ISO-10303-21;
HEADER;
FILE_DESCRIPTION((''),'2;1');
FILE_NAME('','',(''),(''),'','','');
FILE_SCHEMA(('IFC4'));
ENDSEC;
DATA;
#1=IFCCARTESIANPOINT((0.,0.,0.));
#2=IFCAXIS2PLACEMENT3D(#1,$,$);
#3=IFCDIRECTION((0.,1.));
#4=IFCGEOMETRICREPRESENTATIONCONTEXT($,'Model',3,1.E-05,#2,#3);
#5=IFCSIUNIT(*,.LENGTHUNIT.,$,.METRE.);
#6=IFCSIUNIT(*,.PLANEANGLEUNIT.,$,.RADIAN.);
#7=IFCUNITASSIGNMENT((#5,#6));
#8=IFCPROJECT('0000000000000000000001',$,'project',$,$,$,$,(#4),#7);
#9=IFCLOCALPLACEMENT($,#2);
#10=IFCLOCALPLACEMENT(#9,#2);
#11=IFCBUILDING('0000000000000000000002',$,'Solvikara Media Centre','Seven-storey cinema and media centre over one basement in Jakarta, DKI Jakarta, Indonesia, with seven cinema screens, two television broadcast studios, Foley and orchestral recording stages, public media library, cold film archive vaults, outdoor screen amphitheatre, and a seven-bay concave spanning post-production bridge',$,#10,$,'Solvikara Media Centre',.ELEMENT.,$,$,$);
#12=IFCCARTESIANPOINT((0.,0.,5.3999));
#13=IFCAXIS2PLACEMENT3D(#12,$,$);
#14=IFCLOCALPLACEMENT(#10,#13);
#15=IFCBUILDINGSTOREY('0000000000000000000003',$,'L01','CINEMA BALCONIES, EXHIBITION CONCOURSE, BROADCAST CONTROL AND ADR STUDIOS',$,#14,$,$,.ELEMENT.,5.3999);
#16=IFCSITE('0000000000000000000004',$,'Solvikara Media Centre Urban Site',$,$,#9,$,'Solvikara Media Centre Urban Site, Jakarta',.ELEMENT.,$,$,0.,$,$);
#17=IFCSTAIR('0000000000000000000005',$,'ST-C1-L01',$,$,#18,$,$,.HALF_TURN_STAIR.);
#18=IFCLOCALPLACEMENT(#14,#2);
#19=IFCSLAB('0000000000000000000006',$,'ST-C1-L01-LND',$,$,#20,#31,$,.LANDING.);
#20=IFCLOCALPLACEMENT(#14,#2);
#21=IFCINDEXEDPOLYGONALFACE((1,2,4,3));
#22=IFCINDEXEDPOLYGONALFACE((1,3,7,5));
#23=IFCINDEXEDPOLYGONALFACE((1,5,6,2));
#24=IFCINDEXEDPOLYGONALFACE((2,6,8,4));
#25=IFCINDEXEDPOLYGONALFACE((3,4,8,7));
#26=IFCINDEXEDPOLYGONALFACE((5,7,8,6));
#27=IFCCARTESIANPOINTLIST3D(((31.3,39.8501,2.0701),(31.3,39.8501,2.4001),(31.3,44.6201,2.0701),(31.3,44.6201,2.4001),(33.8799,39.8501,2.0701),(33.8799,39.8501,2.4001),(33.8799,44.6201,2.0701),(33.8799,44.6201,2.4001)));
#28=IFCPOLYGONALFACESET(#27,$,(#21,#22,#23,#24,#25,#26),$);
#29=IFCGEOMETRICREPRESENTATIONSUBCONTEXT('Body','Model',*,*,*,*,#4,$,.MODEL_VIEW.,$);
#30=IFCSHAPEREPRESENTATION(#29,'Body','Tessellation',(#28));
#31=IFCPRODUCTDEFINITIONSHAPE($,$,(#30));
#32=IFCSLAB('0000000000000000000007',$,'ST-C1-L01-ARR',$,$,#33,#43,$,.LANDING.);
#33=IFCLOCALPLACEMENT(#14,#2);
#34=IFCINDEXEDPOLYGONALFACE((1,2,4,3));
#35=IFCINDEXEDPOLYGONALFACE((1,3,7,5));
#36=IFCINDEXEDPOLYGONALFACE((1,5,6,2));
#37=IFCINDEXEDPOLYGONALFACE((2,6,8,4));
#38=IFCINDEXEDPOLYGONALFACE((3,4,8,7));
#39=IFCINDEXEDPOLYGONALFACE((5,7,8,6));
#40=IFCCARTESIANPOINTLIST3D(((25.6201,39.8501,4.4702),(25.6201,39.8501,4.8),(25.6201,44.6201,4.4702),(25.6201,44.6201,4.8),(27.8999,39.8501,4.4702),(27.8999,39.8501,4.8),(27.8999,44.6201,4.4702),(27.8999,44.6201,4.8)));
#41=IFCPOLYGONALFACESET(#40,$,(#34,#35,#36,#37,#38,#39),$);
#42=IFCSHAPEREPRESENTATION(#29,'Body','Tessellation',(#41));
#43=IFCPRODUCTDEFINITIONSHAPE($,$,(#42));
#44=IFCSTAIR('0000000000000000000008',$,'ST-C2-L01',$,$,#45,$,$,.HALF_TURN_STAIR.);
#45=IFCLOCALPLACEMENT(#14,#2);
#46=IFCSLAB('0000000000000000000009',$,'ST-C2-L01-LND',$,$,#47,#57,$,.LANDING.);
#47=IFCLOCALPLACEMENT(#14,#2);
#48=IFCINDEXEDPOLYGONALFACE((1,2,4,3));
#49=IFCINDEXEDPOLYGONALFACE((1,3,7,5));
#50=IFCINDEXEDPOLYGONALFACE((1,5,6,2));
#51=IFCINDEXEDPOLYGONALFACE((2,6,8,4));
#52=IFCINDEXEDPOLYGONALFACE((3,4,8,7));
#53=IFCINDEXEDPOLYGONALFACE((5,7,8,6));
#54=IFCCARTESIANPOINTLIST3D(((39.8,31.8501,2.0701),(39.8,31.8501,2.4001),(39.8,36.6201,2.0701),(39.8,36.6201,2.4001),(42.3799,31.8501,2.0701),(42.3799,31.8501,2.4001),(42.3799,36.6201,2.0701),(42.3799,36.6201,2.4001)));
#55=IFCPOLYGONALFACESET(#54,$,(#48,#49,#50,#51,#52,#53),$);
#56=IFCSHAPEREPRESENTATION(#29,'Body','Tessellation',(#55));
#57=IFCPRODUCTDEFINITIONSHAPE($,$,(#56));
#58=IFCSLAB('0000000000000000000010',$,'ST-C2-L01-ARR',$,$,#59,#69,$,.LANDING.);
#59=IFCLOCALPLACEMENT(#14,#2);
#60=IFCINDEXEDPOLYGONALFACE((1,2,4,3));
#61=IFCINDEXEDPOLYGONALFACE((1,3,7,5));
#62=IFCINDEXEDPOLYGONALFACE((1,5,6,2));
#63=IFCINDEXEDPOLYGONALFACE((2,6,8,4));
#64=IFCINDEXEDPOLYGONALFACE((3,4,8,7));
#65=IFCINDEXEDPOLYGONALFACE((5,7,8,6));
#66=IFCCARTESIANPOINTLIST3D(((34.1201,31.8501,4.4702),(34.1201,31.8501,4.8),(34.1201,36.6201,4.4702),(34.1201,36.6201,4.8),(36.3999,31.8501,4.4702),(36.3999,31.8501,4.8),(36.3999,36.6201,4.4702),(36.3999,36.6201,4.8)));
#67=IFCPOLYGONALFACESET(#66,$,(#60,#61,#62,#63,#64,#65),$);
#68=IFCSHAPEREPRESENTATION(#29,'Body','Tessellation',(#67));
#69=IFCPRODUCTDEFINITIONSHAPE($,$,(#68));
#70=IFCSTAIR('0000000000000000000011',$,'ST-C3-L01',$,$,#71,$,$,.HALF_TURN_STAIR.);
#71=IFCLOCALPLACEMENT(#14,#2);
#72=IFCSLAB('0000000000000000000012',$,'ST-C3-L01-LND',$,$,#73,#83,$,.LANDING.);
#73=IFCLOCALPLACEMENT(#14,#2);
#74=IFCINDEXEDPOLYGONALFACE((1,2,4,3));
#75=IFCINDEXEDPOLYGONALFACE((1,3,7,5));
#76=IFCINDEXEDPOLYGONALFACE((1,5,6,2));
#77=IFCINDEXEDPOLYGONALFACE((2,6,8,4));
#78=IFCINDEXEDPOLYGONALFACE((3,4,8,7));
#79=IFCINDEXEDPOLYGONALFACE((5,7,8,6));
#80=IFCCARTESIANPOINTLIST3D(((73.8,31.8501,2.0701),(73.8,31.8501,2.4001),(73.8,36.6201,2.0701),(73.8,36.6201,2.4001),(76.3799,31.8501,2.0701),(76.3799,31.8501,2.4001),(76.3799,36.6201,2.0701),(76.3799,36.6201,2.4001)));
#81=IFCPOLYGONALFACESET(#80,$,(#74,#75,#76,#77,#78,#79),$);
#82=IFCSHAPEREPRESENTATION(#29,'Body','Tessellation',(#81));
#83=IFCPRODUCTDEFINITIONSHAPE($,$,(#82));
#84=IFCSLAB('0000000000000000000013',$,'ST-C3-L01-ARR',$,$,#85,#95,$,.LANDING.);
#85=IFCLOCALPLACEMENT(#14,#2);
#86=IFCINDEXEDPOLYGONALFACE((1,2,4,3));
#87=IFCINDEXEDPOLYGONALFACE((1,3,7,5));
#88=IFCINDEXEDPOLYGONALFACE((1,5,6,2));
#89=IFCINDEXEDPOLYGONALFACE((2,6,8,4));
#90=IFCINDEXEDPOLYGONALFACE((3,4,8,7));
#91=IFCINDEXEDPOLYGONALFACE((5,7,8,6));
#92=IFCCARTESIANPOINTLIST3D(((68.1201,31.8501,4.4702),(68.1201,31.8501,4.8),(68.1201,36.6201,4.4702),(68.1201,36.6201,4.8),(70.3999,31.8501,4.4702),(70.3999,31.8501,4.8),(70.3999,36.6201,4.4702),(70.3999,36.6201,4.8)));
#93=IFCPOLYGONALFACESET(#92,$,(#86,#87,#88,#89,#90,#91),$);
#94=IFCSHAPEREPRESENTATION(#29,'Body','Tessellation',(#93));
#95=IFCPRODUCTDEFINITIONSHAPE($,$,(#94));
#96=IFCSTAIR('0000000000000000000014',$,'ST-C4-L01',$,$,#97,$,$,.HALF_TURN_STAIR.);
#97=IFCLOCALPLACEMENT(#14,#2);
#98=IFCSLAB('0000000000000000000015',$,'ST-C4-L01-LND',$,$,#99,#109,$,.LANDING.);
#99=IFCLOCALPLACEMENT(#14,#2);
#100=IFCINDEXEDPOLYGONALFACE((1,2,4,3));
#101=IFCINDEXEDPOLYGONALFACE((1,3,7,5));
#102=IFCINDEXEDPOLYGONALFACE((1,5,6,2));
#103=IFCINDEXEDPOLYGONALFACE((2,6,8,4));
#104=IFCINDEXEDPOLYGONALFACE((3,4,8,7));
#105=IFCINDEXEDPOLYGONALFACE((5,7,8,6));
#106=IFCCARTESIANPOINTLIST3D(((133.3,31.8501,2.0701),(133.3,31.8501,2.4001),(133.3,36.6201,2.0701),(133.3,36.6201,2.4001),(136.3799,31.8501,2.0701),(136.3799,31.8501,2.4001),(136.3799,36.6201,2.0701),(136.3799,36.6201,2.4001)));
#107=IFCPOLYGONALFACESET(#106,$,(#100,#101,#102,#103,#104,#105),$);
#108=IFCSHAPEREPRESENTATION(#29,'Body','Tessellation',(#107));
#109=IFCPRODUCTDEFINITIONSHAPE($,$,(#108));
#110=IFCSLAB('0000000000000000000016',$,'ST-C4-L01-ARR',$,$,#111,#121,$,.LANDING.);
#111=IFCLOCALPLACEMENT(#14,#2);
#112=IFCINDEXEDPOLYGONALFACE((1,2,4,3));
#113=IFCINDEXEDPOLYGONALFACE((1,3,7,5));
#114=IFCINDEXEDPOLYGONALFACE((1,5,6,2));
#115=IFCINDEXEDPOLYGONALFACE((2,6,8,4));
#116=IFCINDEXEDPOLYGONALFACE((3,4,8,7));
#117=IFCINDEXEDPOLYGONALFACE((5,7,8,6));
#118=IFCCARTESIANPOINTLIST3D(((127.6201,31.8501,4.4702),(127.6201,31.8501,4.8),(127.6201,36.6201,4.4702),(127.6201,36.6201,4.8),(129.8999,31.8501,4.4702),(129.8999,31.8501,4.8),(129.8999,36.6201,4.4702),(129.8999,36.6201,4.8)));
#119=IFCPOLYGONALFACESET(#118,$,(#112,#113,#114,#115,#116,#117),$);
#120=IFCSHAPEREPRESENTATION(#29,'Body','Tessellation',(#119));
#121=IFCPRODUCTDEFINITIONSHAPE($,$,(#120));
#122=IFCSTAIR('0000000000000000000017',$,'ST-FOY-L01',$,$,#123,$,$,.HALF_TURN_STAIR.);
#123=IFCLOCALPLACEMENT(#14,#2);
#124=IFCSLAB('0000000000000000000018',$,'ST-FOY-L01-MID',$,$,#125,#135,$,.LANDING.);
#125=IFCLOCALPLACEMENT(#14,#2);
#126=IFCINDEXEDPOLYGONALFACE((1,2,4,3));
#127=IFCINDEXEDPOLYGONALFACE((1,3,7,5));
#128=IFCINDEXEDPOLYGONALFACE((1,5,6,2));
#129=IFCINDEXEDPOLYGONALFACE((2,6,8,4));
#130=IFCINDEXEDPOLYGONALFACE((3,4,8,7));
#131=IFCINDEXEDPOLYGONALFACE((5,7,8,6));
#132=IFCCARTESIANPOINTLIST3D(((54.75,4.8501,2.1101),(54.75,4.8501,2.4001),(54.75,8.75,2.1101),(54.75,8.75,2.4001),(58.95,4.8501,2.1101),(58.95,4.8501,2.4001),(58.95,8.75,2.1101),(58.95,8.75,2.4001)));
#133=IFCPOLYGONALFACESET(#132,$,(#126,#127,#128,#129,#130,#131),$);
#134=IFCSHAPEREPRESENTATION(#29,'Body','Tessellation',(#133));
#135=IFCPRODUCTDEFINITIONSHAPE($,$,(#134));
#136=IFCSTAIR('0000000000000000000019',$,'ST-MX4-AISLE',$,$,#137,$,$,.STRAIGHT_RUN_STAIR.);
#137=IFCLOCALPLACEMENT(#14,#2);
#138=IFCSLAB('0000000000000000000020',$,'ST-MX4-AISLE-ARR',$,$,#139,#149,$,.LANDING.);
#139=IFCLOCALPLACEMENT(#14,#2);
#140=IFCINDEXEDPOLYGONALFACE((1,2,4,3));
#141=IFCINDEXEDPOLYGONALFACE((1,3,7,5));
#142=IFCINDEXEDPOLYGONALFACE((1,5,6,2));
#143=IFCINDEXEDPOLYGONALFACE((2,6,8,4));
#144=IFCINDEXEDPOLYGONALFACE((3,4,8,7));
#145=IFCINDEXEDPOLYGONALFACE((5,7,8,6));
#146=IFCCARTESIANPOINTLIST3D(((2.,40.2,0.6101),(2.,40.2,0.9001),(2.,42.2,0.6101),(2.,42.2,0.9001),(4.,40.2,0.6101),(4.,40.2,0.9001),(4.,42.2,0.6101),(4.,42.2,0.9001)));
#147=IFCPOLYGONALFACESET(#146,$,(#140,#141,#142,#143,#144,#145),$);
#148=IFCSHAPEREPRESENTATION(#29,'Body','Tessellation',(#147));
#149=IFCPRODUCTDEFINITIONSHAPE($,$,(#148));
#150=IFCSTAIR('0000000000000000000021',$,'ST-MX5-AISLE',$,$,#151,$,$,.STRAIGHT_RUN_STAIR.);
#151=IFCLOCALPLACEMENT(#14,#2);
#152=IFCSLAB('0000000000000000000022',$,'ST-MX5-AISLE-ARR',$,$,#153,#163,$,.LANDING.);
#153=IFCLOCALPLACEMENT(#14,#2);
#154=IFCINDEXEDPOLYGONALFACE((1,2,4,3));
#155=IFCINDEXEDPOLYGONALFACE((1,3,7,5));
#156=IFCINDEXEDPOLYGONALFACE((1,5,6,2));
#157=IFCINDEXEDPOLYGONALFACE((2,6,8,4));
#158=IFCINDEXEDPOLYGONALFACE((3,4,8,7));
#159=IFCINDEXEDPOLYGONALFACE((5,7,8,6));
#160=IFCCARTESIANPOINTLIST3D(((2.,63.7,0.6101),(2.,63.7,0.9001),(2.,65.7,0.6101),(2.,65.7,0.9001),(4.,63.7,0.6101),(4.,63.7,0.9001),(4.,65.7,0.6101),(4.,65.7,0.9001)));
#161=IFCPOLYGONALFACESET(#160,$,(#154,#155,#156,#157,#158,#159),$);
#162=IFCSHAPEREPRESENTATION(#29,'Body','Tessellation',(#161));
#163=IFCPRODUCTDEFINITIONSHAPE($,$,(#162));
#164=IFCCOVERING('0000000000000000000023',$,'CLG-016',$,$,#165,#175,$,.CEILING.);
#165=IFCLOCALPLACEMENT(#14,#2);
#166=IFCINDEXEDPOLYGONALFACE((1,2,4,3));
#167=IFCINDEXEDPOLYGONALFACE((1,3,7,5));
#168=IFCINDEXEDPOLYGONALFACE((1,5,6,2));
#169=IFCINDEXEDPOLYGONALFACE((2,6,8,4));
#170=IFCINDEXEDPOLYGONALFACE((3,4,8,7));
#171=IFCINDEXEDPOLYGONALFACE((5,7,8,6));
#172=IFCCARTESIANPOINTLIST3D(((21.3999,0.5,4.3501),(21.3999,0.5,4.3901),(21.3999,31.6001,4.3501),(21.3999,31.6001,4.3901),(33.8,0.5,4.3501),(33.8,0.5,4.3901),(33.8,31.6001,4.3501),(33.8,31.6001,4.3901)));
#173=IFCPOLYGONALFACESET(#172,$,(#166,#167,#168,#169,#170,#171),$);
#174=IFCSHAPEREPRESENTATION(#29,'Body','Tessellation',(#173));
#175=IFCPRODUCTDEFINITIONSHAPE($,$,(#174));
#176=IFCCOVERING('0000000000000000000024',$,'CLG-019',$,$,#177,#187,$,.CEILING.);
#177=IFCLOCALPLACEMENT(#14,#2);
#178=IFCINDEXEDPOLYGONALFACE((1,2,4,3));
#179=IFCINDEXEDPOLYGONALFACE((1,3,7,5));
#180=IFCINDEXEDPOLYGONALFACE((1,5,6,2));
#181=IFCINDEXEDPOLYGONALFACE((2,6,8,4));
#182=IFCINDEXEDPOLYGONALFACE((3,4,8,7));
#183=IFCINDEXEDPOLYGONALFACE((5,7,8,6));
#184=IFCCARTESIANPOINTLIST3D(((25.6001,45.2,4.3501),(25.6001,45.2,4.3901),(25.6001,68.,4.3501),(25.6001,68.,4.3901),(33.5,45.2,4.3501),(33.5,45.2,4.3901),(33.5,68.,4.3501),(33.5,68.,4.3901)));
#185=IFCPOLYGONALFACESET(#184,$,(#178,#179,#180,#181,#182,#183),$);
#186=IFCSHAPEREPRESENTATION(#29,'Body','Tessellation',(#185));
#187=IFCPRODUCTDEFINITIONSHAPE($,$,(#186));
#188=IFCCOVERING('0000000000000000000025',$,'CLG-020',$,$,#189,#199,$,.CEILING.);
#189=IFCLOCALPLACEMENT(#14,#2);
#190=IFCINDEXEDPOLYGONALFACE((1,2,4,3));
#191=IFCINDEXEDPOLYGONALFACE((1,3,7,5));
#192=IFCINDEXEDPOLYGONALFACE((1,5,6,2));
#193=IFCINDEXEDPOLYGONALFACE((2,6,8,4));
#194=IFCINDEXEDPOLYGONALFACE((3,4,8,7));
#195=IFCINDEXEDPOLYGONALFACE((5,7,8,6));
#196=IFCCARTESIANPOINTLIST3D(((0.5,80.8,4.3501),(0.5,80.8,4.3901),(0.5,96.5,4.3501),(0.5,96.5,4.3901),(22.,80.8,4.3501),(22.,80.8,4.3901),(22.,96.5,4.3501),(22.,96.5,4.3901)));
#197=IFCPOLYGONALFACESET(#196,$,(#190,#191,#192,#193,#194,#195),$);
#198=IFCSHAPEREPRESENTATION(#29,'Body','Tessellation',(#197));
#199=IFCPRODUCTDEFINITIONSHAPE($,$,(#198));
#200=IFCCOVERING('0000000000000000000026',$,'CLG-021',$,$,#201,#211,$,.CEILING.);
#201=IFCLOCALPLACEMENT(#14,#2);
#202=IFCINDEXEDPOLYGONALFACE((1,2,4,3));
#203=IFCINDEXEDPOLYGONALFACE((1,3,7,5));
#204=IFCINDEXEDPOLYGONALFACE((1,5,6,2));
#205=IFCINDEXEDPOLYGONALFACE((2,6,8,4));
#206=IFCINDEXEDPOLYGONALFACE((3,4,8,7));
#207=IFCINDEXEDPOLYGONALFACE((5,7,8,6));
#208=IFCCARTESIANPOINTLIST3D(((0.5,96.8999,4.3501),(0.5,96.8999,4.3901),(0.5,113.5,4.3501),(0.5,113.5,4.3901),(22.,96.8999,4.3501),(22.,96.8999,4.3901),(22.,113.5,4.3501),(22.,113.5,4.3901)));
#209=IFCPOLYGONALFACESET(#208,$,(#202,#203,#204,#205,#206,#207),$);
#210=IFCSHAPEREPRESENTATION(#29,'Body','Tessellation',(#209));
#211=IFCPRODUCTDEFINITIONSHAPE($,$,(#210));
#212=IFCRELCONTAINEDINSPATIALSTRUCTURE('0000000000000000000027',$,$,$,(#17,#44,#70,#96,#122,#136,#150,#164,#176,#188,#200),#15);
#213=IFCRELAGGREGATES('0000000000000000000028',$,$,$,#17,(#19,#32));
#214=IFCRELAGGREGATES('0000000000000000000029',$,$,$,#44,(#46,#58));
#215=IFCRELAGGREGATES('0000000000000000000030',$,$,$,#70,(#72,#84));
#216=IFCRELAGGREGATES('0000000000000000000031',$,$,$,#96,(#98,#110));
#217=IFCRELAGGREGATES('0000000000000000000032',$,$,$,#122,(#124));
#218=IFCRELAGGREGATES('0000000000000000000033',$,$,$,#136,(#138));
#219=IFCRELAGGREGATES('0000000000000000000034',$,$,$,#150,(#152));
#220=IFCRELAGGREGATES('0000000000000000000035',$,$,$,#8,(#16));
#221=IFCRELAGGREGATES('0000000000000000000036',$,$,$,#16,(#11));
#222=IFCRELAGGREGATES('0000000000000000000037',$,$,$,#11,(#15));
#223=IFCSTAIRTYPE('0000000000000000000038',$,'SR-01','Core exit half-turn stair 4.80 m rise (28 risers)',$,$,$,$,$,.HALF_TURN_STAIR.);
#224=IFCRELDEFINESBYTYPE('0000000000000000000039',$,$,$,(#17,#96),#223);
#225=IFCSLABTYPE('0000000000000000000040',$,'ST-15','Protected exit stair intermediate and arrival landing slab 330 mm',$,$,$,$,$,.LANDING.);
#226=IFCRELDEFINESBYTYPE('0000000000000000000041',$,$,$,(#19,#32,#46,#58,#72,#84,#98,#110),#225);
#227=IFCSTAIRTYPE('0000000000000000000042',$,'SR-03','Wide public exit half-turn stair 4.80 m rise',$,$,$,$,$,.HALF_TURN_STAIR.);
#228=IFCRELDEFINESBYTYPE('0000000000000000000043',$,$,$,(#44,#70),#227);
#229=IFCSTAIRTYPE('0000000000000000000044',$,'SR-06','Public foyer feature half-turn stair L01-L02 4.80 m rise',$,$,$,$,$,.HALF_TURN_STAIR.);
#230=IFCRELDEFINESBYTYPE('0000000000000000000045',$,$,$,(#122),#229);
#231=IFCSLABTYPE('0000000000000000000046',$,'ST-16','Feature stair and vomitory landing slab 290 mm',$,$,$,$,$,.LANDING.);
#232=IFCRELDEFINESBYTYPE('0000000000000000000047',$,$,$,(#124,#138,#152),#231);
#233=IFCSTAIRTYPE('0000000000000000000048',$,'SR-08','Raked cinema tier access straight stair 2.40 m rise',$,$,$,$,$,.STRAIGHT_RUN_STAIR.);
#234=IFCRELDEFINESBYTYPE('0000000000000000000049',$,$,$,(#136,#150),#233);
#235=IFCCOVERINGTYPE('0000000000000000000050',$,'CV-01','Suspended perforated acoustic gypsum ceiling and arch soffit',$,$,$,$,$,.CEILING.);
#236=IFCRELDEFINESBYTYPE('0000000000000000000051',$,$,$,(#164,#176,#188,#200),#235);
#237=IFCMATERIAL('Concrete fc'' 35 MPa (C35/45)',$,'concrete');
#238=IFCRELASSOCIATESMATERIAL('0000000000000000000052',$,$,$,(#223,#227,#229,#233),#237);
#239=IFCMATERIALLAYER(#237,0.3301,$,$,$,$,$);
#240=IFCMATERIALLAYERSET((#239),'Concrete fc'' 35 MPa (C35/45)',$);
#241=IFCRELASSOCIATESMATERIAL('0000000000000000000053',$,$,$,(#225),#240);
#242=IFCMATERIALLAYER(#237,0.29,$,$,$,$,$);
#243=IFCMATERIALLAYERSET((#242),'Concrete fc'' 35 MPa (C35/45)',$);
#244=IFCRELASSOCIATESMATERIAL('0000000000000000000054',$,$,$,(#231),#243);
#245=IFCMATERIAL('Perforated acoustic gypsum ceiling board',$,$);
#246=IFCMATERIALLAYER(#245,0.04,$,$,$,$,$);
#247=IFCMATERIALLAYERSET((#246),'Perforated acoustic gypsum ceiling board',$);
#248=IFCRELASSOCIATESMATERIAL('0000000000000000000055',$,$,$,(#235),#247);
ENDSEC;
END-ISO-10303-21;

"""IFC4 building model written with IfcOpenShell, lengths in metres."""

from ifc_helpers import new_model, si_unit, direction, frame, origin, place, context, subcontext, project, spatial, polyline, outline, extrude, material, layer, layer_set, type_object, element, aggregate, save


model = new_model("IFC4")

# Units and contexts
model_context = context("Model", 3, precision=1e-05, world=origin(), true_north=direction((0.0, 1.0)))
body_context = subcontext(model_context, "Body", "Model", "MODEL_VIEW")
ifc_project = project(units=[si_unit("LENGTHUNIT", "METRE"), si_unit("PLANEANGLEUNIT", "RADIAN")], contexts=[model_context])

# Site, building, storey
site_placement = place(None, origin())
site = spatial("IfcSite", under=ifc_project, at=site_placement, Name="Solvikara Media Centre Urban Site", LongName="Solvikara Media Centre Urban Site, Jakarta", CompositionType="ELEMENT", RefElevation=0.0)
building_placement = place(site_placement, origin())
building = spatial("IfcBuilding", under=site, at=building_placement, Name="Solvikara Media Centre", Description="Seven-storey cinema and media centre over one basement in Jakarta, DKI Jakarta, Indonesia, with seven cinema screens, two television broadcast studios, Foley and orchestral recording stages, public media library, cold film archive vaults, outdoor screen amphitheatre, and a seven-bay concave spanning post-production bridge", LongName="Solvikara Media Centre", CompositionType="ELEMENT")
storey_placement = place(building_placement, frame((0.0, 0.0, 5.3999)))
storey = spatial("IfcBuildingStorey", under=building, at=storey_placement, Name="L01", Description="CINEMA BALCONIES, EXHIBITION CONCOURSE, BROADCAST CONTROL AND ADR STUDIOS", CompositionType="ELEMENT", Elevation=5.3999)

# Stairs, slabs
ifc_material_1 = material(Name="Concrete fc' 35 MPa (C35/45)", Category="concrete")
stair_type_1 = type_object("IfcStairType", Name="SR-01", Description="Core exit half-turn stair 4.80 m rise (28 risers)", PredefinedType="HALF_TURN_STAIR", material=ifc_material_1)
stair_1_placement = place(storey_placement, origin())
stair_1 = element("IfcStair", 1, at=stair_1_placement, inside=storey, type_object=stair_type_1, Name="ST-C1-L01", PredefinedType="HALF_TURN_STAIR")
ifc_layer_1 = layer(ifc_material_1, 0.3301)
ifc_layer_set_1 = layer_set([ifc_layer_1], Name="Concrete fc' 35 MPa (C35/45)")
slab_type_1 = type_object("IfcSlabType", Name="ST-15", Description="Protected exit stair intermediate and arrival landing slab 330 mm", PredefinedType="LANDING", material=ifc_layer_set_1)
slab_1_placement = place(storey_placement, frame((0.0, 0.0, 2.0701)))
slab_1 = element("IfcSlab", 2, at=slab_1_placement, type_object=slab_type_1, Name="ST-C1-L01-LND", PredefinedType="LANDING", context=body_context, shape_type="SweptSolid", body=[
    extrude(outline(polyline([(31.3, 39.8501), (33.8799, 39.8501), (33.8799, 44.6201), (31.3, 44.6201), (31.3, 39.8501)])), origin(), (0.0, 0.0, 1.0), 0.3301),
])
slab_2_placement = place(storey_placement, frame((0.0, 0.0, 4.4702)))
slab_2 = element("IfcSlab", 3, at=slab_2_placement, type_object=slab_type_1, Name="ST-C1-L01-ARR", PredefinedType="LANDING", context=body_context, shape_type="SweptSolid", body=[
    extrude(outline(polyline([(25.6201, 39.8501), (27.8999, 39.8501), (27.8999, 44.6201), (25.6201, 44.6201), (25.6201, 39.8501)])), origin(), (0.0, 0.0, 1.0), 0.3298),
])
aggregate(stair_1, [slab_1, slab_2])
stair_type_2 = type_object("IfcStairType", Name="SR-03", Description="Wide public exit half-turn stair 4.80 m rise", PredefinedType="HALF_TURN_STAIR", material=ifc_material_1)
stair_2_placement = place(storey_placement, origin())
stair_2 = element("IfcStair", 4, at=stair_2_placement, inside=storey, type_object=stair_type_2, Name="ST-C2-L01", PredefinedType="HALF_TURN_STAIR")
slab_3_placement = place(storey_placement, frame((0.0, 0.0, 2.0701)))
slab_3 = element("IfcSlab", 5, at=slab_3_placement, type_object=slab_type_1, Name="ST-C2-L01-LND", PredefinedType="LANDING", context=body_context, shape_type="SweptSolid", body=[
    extrude(outline(polyline([(39.8, 31.8501), (42.3799, 31.8501), (42.3799, 36.6201), (39.8, 36.6201), (39.8, 31.8501)])), origin(), (0.0, 0.0, 1.0), 0.3301),
])
slab_4_placement = place(storey_placement, frame((0.0, 0.0, 4.4702)))
slab_4 = element("IfcSlab", 6, at=slab_4_placement, type_object=slab_type_1, Name="ST-C2-L01-ARR", PredefinedType="LANDING", context=body_context, shape_type="SweptSolid", body=[
    extrude(outline(polyline([(34.1201, 31.8501), (36.3999, 31.8501), (36.3999, 36.6201), (34.1201, 36.6201), (34.1201, 31.8501)])), origin(), (0.0, 0.0, 1.0), 0.3298),
])
aggregate(stair_2, [slab_3, slab_4])
stair_3_placement = place(storey_placement, origin())
stair_3 = element("IfcStair", 7, at=stair_3_placement, inside=storey, type_object=stair_type_2, Name="ST-C3-L01", PredefinedType="HALF_TURN_STAIR")
slab_5_placement = place(storey_placement, frame((0.0, 0.0, 2.0701)))
slab_5 = element("IfcSlab", 8, at=slab_5_placement, type_object=slab_type_1, Name="ST-C3-L01-LND", PredefinedType="LANDING", context=body_context, shape_type="SweptSolid", body=[
    extrude(outline(polyline([(73.8, 31.8501), (76.3799, 31.8501), (76.3799, 36.6201), (73.8, 36.6201), (73.8, 31.8501)])), origin(), (0.0, 0.0, 1.0), 0.3301),
])
slab_6_placement = place(storey_placement, frame((0.0, 0.0, 4.4702)))
slab_6 = element("IfcSlab", 9, at=slab_6_placement, type_object=slab_type_1, Name="ST-C3-L01-ARR", PredefinedType="LANDING", context=body_context, shape_type="SweptSolid", body=[
    extrude(outline(polyline([(68.1201, 31.8501), (70.3999, 31.8501), (70.3999, 36.6201), (68.1201, 36.6201), (68.1201, 31.8501)])), origin(), (0.0, 0.0, 1.0), 0.3298),
])
aggregate(stair_3, [slab_5, slab_6])
stair_4_placement = place(storey_placement, origin())
stair_4 = element("IfcStair", 10, at=stair_4_placement, inside=storey, type_object=stair_type_1, Name="ST-C4-L01", PredefinedType="HALF_TURN_STAIR")
slab_7_placement = place(storey_placement, frame((0.0, 0.0, 2.0701)))
slab_7 = element("IfcSlab", 11, at=slab_7_placement, type_object=slab_type_1, Name="ST-C4-L01-LND", PredefinedType="LANDING", context=body_context, shape_type="SweptSolid", body=[
    extrude(outline(polyline([(133.3, 31.8501), (136.3799, 31.8501), (136.3799, 36.6201), (133.3, 36.6201), (133.3, 31.8501)])), origin(), (0.0, 0.0, 1.0), 0.3301),
])
slab_8_placement = place(storey_placement, frame((0.0, 0.0, 4.4702)))
slab_8 = element("IfcSlab", 12, at=slab_8_placement, type_object=slab_type_1, Name="ST-C4-L01-ARR", PredefinedType="LANDING", context=body_context, shape_type="SweptSolid", body=[
    extrude(outline(polyline([(127.6201, 31.8501), (129.8999, 31.8501), (129.8999, 36.6201), (127.6201, 36.6201), (127.6201, 31.8501)])), origin(), (0.0, 0.0, 1.0), 0.3298),
])
aggregate(stair_4, [slab_7, slab_8])

# Stairs, slabs
stair_type_3 = type_object("IfcStairType", Name="SR-06", Description="Public foyer feature half-turn stair L01-L02 4.80 m rise", PredefinedType="HALF_TURN_STAIR", material=ifc_material_1)
stair_5_placement = place(storey_placement, origin())
stair_5 = element("IfcStair", 13, at=stair_5_placement, inside=storey, type_object=stair_type_3, Name="ST-FOY-L01", PredefinedType="HALF_TURN_STAIR")
ifc_layer_2 = layer(ifc_material_1, 0.29)
ifc_layer_set_2 = layer_set([ifc_layer_2], Name="Concrete fc' 35 MPa (C35/45)")
slab_type_2 = type_object("IfcSlabType", Name="ST-16", Description="Feature stair and vomitory landing slab 290 mm", PredefinedType="LANDING", material=ifc_layer_set_2)
slab_9_placement = place(storey_placement, frame((0.0, 0.0, 2.1101)))
slab_9 = element("IfcSlab", 14, at=slab_9_placement, type_object=slab_type_2, Name="ST-FOY-L01-MID", PredefinedType="LANDING", context=body_context, shape_type="SweptSolid", body=[
    extrude(outline(polyline([(54.75, 4.8501), (58.95, 4.8501), (58.95, 8.75), (54.75, 8.75), (54.75, 4.8501)])), origin(), (0.0, 0.0, 1.0), 0.29),
])
aggregate(stair_5, [slab_9])
stair_type_4 = type_object("IfcStairType", Name="SR-08", Description="Raked cinema tier access straight stair 2.40 m rise", PredefinedType="STRAIGHT_RUN_STAIR", material=ifc_material_1)
stair_6_placement = place(storey_placement, origin())
stair_6 = element("IfcStair", 15, at=stair_6_placement, inside=storey, type_object=stair_type_4, Name="ST-MX4-AISLE", PredefinedType="STRAIGHT_RUN_STAIR")
slab_10_placement = place(storey_placement, frame((0.0, 0.0, 0.6101)))
slab_10 = element("IfcSlab", 16, at=slab_10_placement, type_object=slab_type_2, Name="ST-MX4-AISLE-ARR", PredefinedType="LANDING", context=body_context, shape_type="SweptSolid", body=[
    extrude(outline(polyline([(2.0, 40.2), (4.0, 40.2), (4.0, 42.2), (2.0, 42.2), (2.0, 40.2)])), origin(), (0.0, 0.0, 1.0), 0.29),
])
aggregate(stair_6, [slab_10])
stair_7_placement = place(storey_placement, origin())
stair_7 = element("IfcStair", 17, at=stair_7_placement, inside=storey, type_object=stair_type_4, Name="ST-MX5-AISLE", PredefinedType="STRAIGHT_RUN_STAIR")
slab_11_placement = place(storey_placement, frame((0.0, 0.0, 0.6101)))
slab_11 = element("IfcSlab", 18, at=slab_11_placement, type_object=slab_type_2, Name="ST-MX5-AISLE-ARR", PredefinedType="LANDING", context=body_context, shape_type="SweptSolid", body=[
    extrude(outline(polyline([(2.0, 63.7), (4.0, 63.7), (4.0, 65.7), (2.0, 65.7), (2.0, 63.7)])), origin(), (0.0, 0.0, 1.0), 0.29),
])
aggregate(stair_7, [slab_11])

# Coverings
ifc_material_2 = material(Name="Perforated acoustic gypsum ceiling board")
ifc_layer_3 = layer(ifc_material_2, 0.04)
ifc_layer_set_3 = layer_set([ifc_layer_3], Name="Perforated acoustic gypsum ceiling board")
covering_type_1 = type_object("IfcCoveringType", Name="CV-01", Description="Suspended perforated acoustic gypsum ceiling and arch soffit", PredefinedType="CEILING", material=ifc_layer_set_3)
covering_1_placement = place(storey_placement, frame((0.0, 0.0, 4.3501)))
element("IfcCovering", 19, at=covering_1_placement, inside=storey, type_object=covering_type_1, Name="CLG-016", PredefinedType="CEILING", context=body_context, shape_type="SweptSolid", body=[
    extrude(outline(polyline([(21.3999, 0.5), (33.8, 0.5), (33.8, 31.6001), (21.3999, 31.6001), (21.3999, 0.5)])), origin(), (0.0, 0.0, 1.0), 0.04),
])
covering_2_placement = place(storey_placement, frame((0.0, 0.0, 4.3501)))
element("IfcCovering", 20, at=covering_2_placement, inside=storey, type_object=covering_type_1, Name="CLG-019", PredefinedType="CEILING", context=body_context, shape_type="SweptSolid", body=[
    extrude(outline(polyline([(25.6001, 45.2), (33.5, 45.2), (33.5, 68.0), (25.6001, 68.0), (25.6001, 45.2)])), origin(), (0.0, 0.0, 1.0), 0.04),
])
covering_3_placement = place(storey_placement, frame((0.0, 0.0, 4.3501)))
element("IfcCovering", 21, at=covering_3_placement, inside=storey, type_object=covering_type_1, Name="CLG-020", PredefinedType="CEILING", context=body_context, shape_type="SweptSolid", body=[
    extrude(outline(polyline([(0.5, 80.8), (22.0, 80.8), (22.0, 96.5), (0.5, 96.5), (0.5, 80.8)])), origin(), (0.0, 0.0, 1.0), 0.04),
])
covering_4_placement = place(storey_placement, frame((0.0, 0.0, 4.3501)))
element("IfcCovering", 22, at=covering_4_placement, inside=storey, type_object=covering_type_1, Name="CLG-021", PredefinedType="CEILING", context=body_context, shape_type="SweptSolid", body=[
    extrude(outline(polyline([(0.5, 96.8999), (22.0, 96.8999), (22.0, 113.5), (0.5, 113.5), (0.5, 96.8999)])), origin(), (0.0, 0.0, 1.0), 0.04),
])

save(model, "model.ifc")
